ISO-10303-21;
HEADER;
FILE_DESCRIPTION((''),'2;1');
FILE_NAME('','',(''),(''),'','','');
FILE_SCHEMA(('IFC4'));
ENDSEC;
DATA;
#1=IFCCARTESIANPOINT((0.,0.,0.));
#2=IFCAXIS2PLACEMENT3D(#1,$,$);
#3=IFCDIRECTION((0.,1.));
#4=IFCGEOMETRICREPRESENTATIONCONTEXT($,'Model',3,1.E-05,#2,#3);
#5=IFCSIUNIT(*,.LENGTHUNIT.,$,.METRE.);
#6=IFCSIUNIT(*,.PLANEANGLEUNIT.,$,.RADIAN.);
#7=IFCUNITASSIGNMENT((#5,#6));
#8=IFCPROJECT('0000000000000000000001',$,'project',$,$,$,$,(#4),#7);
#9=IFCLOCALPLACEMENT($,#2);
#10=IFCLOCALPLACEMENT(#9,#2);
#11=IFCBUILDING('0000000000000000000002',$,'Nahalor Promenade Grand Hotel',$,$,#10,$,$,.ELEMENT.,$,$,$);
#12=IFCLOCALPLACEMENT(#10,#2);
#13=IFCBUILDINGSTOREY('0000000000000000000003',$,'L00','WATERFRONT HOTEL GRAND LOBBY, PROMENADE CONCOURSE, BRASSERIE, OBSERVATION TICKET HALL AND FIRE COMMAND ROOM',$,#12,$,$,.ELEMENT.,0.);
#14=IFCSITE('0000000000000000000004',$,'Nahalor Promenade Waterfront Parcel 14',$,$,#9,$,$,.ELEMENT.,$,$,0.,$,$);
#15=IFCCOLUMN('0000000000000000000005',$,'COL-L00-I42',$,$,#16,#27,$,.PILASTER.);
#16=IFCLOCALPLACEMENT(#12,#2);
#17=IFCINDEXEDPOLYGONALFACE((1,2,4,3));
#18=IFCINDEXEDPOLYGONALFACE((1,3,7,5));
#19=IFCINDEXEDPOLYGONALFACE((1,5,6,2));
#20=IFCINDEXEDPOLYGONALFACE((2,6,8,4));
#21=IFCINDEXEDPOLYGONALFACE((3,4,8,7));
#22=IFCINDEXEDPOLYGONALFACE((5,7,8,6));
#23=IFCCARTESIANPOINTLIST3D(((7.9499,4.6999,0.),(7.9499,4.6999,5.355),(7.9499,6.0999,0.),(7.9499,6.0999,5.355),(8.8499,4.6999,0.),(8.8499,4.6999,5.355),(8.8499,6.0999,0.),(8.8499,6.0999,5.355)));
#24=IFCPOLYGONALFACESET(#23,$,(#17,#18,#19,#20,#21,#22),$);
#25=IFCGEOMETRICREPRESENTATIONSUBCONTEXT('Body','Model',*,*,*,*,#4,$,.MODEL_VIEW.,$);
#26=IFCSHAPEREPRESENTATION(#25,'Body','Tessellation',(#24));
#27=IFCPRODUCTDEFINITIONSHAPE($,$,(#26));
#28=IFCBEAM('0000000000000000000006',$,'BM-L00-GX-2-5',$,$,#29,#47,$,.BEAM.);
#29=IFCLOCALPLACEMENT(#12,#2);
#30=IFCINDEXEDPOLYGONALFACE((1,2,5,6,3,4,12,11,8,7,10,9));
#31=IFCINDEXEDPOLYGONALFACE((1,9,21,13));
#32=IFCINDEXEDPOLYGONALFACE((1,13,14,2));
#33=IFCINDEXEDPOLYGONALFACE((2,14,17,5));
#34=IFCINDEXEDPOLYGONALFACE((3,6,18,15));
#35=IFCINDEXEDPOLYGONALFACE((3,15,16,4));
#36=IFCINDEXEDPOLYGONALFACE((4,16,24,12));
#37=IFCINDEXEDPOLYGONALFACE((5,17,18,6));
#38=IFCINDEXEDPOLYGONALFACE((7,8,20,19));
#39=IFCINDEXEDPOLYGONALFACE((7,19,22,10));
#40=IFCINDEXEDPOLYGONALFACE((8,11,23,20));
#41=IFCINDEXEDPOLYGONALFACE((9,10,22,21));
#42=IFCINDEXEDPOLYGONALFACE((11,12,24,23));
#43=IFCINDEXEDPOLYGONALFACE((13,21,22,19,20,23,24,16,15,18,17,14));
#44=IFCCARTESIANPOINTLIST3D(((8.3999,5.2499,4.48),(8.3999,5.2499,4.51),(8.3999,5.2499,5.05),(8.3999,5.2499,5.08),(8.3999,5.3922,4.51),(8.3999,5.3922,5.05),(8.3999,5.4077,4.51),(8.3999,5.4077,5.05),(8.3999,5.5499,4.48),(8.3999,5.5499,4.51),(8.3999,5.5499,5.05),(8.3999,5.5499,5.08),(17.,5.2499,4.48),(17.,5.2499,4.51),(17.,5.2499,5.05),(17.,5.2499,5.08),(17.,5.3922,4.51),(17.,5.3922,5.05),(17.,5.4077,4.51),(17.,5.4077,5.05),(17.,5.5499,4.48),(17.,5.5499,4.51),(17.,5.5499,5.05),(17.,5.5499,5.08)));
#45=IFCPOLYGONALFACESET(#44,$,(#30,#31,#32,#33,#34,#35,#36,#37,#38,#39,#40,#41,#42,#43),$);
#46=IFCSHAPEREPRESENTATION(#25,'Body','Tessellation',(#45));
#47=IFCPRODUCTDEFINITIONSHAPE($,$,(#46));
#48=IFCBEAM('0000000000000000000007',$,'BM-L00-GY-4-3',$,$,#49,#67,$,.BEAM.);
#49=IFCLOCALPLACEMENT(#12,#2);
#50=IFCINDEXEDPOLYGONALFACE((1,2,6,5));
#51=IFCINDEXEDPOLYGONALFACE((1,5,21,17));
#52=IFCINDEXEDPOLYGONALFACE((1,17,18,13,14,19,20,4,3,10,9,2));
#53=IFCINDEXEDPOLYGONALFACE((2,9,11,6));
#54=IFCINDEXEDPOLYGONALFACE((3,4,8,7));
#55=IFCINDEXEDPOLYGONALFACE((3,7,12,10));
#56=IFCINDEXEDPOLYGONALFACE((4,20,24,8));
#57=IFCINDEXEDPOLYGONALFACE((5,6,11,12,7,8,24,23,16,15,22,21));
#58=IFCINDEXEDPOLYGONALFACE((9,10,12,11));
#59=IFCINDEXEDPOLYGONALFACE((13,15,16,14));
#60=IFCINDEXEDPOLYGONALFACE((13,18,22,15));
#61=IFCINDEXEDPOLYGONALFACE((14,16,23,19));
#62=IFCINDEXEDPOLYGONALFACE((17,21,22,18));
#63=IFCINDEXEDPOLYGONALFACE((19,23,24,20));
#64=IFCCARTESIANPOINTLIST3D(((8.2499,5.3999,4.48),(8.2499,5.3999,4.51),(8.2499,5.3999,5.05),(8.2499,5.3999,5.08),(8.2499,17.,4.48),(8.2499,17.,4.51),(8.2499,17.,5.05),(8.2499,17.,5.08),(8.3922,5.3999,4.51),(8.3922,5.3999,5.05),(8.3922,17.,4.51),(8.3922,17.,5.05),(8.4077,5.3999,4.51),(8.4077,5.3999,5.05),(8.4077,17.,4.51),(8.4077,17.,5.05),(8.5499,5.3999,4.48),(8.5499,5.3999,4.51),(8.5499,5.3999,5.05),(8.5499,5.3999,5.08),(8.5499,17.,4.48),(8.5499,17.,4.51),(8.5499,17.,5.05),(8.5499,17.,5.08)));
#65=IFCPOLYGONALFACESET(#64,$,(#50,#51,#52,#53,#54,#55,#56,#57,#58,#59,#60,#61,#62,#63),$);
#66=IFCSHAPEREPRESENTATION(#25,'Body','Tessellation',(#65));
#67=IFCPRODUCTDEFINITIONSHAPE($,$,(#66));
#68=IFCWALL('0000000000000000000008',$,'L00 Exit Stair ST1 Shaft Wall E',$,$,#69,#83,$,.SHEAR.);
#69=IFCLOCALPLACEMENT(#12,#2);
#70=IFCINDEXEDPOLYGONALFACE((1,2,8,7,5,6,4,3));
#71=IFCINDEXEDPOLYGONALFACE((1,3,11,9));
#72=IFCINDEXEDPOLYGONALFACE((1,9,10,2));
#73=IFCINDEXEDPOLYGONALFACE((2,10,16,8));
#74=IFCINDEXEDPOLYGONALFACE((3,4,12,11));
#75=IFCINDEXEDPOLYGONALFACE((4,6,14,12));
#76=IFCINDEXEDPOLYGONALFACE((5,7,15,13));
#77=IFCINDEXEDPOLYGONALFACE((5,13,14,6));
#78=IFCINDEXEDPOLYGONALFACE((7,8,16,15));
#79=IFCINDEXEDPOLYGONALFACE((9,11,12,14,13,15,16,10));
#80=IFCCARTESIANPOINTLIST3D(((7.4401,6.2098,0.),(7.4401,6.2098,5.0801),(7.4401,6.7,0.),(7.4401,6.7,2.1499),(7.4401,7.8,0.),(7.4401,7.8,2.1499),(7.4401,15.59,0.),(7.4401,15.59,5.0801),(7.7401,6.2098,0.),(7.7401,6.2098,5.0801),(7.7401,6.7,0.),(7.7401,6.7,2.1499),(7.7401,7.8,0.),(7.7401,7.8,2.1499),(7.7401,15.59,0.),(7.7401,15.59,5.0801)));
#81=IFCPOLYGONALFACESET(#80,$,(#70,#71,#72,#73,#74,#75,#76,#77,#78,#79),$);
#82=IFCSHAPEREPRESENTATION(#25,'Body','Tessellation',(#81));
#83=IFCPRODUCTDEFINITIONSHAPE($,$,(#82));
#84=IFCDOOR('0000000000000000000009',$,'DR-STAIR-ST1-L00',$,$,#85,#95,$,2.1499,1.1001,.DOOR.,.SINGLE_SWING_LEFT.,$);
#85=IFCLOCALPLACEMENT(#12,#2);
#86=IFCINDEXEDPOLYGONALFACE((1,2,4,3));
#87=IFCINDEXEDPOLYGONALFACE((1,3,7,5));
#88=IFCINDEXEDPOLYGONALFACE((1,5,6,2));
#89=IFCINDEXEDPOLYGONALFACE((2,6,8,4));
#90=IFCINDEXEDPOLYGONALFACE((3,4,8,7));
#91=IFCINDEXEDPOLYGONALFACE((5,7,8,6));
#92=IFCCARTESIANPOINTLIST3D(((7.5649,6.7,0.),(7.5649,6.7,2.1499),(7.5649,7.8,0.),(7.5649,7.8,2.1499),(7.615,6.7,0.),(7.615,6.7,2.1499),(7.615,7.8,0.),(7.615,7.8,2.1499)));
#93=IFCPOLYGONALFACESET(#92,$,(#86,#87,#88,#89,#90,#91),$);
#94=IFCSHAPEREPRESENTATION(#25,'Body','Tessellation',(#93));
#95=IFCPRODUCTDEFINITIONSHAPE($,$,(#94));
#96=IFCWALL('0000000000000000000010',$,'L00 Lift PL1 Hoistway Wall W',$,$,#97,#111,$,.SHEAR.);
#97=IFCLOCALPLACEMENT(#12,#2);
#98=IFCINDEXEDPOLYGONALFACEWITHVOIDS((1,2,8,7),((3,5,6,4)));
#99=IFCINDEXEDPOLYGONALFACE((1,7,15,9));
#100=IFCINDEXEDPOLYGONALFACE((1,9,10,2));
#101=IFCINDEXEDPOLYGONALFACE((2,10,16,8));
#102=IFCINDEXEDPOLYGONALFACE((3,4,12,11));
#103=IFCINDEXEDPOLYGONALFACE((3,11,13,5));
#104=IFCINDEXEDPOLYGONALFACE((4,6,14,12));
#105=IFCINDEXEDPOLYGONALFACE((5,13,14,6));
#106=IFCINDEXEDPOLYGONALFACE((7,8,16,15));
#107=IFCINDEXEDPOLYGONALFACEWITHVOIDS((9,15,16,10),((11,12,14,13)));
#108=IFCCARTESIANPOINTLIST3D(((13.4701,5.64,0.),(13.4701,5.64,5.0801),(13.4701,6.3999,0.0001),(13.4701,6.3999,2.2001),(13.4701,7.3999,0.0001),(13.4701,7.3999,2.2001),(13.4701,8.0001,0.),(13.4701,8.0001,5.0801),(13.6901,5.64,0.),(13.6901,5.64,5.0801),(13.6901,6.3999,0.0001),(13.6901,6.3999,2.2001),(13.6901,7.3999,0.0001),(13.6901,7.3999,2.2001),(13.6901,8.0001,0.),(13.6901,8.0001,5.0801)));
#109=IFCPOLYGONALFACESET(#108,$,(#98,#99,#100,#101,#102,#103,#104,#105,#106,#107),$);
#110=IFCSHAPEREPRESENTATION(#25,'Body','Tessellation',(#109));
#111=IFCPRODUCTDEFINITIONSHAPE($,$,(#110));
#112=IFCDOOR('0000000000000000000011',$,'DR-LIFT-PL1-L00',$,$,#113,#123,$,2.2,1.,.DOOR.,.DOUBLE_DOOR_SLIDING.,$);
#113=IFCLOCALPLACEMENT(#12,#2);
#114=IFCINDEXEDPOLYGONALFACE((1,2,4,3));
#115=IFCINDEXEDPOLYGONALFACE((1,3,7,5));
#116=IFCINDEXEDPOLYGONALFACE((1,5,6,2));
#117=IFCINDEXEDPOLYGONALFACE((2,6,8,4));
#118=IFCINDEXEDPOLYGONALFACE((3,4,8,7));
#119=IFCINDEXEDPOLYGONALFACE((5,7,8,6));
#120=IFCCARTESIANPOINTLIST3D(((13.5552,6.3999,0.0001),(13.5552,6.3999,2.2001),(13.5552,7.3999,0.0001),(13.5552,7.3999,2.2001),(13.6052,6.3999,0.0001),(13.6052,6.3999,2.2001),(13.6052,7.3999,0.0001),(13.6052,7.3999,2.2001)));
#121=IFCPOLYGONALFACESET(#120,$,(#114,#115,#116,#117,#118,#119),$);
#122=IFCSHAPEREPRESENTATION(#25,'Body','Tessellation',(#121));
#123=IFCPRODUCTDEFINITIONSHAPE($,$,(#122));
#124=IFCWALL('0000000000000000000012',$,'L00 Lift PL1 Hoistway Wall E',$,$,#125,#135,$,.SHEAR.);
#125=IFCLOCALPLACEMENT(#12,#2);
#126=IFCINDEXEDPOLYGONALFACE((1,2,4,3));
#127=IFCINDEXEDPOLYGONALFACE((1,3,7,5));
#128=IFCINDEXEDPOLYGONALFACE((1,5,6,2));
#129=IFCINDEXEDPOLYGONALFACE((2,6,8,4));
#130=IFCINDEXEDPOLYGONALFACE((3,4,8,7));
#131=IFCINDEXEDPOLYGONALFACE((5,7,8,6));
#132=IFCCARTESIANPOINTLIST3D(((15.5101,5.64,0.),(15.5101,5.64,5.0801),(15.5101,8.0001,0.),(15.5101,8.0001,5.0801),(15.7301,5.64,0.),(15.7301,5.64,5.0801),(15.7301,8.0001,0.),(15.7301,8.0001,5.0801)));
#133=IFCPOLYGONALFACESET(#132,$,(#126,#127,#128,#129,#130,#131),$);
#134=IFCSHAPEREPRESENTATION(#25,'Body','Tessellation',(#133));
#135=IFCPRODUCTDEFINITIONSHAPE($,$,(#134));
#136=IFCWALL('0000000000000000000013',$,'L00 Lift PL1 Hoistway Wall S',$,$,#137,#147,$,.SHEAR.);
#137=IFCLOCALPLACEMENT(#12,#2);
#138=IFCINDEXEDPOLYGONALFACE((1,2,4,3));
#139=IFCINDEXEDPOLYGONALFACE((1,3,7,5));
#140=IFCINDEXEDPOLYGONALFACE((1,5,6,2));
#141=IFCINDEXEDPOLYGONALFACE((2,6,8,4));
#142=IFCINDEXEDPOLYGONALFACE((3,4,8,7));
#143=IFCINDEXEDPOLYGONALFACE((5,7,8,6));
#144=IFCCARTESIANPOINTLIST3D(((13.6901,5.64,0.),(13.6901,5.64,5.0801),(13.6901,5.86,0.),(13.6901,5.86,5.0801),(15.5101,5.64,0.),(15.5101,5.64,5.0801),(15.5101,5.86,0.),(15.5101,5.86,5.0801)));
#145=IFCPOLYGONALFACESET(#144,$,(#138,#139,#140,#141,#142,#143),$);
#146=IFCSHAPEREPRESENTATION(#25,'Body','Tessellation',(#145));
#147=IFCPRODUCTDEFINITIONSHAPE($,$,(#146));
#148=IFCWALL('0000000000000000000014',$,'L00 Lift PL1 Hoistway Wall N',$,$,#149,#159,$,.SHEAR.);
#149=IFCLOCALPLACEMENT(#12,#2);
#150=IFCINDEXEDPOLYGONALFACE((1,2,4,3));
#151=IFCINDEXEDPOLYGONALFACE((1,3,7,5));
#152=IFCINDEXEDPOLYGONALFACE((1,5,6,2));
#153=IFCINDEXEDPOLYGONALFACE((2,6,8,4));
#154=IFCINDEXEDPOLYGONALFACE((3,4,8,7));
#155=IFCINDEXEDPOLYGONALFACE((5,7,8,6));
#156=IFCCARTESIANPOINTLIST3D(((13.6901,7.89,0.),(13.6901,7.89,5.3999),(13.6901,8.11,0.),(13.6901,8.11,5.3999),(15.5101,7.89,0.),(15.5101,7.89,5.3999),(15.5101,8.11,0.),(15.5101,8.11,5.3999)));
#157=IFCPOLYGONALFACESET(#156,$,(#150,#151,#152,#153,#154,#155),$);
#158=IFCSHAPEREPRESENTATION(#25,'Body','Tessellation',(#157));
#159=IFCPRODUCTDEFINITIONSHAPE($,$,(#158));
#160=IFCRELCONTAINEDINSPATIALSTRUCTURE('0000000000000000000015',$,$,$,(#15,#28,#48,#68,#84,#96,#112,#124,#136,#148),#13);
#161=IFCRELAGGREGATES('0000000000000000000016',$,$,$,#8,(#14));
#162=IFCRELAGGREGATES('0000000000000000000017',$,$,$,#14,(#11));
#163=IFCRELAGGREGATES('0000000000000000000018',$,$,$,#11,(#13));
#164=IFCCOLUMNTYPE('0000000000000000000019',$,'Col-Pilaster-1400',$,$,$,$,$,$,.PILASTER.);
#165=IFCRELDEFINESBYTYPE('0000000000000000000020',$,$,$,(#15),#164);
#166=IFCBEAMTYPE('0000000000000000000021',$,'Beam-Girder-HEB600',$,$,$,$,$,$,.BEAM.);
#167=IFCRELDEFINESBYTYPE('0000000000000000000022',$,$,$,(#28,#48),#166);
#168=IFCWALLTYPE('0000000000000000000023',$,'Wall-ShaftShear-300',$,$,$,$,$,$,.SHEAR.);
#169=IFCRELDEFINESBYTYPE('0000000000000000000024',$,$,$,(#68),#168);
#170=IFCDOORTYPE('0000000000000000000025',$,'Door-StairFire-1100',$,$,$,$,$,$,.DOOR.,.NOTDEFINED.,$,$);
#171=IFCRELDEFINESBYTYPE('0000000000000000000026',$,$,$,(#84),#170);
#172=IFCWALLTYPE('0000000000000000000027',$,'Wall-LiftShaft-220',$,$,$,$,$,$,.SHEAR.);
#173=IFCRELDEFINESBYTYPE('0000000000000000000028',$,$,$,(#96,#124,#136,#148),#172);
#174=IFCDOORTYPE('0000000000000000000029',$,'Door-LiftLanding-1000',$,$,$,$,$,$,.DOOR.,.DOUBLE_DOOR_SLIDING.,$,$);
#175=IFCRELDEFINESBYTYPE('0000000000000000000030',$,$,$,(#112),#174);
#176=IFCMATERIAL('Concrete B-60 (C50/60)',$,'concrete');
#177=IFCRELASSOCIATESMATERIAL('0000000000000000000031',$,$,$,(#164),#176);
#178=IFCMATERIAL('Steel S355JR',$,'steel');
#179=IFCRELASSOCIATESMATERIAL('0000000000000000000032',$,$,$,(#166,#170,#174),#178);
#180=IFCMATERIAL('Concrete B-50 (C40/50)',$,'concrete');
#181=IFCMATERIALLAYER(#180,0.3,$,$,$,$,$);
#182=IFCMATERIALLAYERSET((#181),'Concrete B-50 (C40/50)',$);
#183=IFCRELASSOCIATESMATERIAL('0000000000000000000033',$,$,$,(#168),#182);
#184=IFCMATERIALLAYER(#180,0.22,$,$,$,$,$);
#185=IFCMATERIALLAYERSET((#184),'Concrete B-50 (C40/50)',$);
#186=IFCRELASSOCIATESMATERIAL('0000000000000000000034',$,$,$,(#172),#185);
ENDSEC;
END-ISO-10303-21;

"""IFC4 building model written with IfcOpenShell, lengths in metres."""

from ifc_helpers import new_model, si_unit, direction, frame, frame_2d, origin, origin_2d, place, context, subcontext, project, spatial, rectangle, i_section, extrude, source, transform, mapped, material, layer, layer_set, material_profile, profile_set, type_object, element, fill, save


model = new_model("IFC4")

# Units and contexts
model_context = context("Model", 3, precision=1e-05, world=origin(), true_north=direction((0.0, 1.0)))
body_context = subcontext(model_context, "Body", "Model", "MODEL_VIEW")
ifc_project = project(units=[si_unit("LENGTHUNIT", "METRE"), si_unit("PLANEANGLEUNIT", "RADIAN")], contexts=[model_context])

# Site, building, storey
site_placement = place(None, origin())
site = spatial("IfcSite", under=ifc_project, at=site_placement, Name="Nahalor Promenade Waterfront Parcel 14", CompositionType="ELEMENT", RefElevation=0.0)
building_placement = place(site_placement, origin())
building = spatial("IfcBuilding", under=site, at=building_placement, Name="Nahalor Promenade Grand Hotel", CompositionType="ELEMENT")
storey_placement = place(building_placement, origin())
storey = spatial("IfcBuildingStorey", under=building, at=storey_placement, Name="L00", Description="WATERFRONT HOTEL GRAND LOBBY, PROMENADE CONCOURSE, BRASSERIE, OBSERVATION TICKET HALL AND FIRE COMMAND ROOM", CompositionType="ELEMENT", Elevation=0.0)

# Column
ifc_material_1 = material(Name="Concrete B-60 (C50/60)", Category="concrete")
ifc_material_profile_1 = material_profile(ifc_material_1, rectangle(XDim=0.9, YDim=1.4, at=origin_2d()), Name="RC 900x1400")
ifc_profile_set_1 = profile_set([ifc_material_profile_1], Name="Concrete B-60 (C50/60)")
column_type = type_object("IfcColumnType", Name="Col-Pilaster-1400", PredefinedType="PILASTER", material=ifc_profile_set_1)
shared_shape_1 = source(origin(), body_context, "Body", "SweptSolid", [
    extrude(rectangle(XDim=0.9, YDim=1.4, at=origin_2d()), origin(), (0.0, 0.0, 1.0), 5.355),
])
column_placement = place(storey_placement, frame((8.3999, 5.3999, 0.0), z_axis=(0.0, 0.0, 1.0), x_axis=(1.0, 0.0, 0.0)))
element("IfcColumn", 1, at=column_placement, inside=storey, type_object=column_type, Name="COL-L00-I42", PredefinedType="PILASTER", context=body_context, shape_type="MappedRepresentation", body=[
    mapped(shared_shape_1, transform((0.0, 0.0, 0.0), scale=1.0)),
])

# Beams
ifc_material_2 = material(Name="Steel S355JR", Category="steel")
ifc_material_profile_2 = material_profile(ifc_material_2, i_section(OverallWidth=0.3, OverallDepth=0.6, WebThickness=0.0155, FlangeThickness=0.03, at=origin_2d()), Name="HEB 600")
ifc_profile_set_2 = profile_set([ifc_material_profile_2], Name="Steel S355JR")
beam_type = type_object("IfcBeamType", Name="Beam-Girder-HEB600", PredefinedType="BEAM", material=ifc_profile_set_2)
shared_shape_2 = source(origin(), body_context, "Body", "SweptSolid", [
    extrude(i_section(OverallWidth=0.3, OverallDepth=0.6, WebThickness=0.0155, FlangeThickness=0.03, at=origin_2d()), origin(), (0.0, 0.0, 1.0), 8.6001),
])
beam_1_placement = place(storey_placement, frame((8.3999, 5.3999, 4.78), z_axis=(1.0, 0.0, 0.0), x_axis=(0.0, 1.0, 0.0)))
element("IfcBeam", 2, at=beam_1_placement, inside=storey, type_object=beam_type, Name="BM-L00-GX-2-5", PredefinedType="BEAM", context=body_context, shape_type="MappedRepresentation", body=[
    mapped(shared_shape_2, transform((0.0, 0.0, 0.0), scale=1.0)),
])
shared_shape_3 = source(origin(), body_context, "Body", "SweptSolid", [
    extrude(i_section(OverallWidth=0.3, OverallDepth=0.6, WebThickness=0.0155, FlangeThickness=0.03, at=origin_2d()), origin(), (0.0, 0.0, 1.0), 11.6001),
])
beam_2_placement = place(storey_placement, frame((8.3999, 5.3999, 4.78), z_axis=(0.0, 1.0, 0.0), x_axis=(-1.0, 0.0, 0.0)))
element("IfcBeam", 3, at=beam_2_placement, inside=storey, type_object=beam_type, Name="BM-L00-GY-4-3", PredefinedType="BEAM", context=body_context, shape_type="MappedRepresentation", body=[
    mapped(shared_shape_3, transform((0.0, 0.0, 0.0), scale=1.0)),
])

# Walls, openings, doors
ifc_material_3 = material(Name="Concrete B-50 (C40/50)", Category="concrete")
ifc_layer_1 = layer(ifc_material_3, 0.3)
ifc_layer_set_1 = layer_set([ifc_layer_1], Name="Concrete B-50 (C40/50)")
wall_type_1 = type_object("IfcWallType", Name="Wall-ShaftShear-300", PredefinedType="SHEAR", material=ifc_layer_set_1)
shared_shape_4 = source(origin(), body_context, "Body", "SweptSolid", [
    extrude(rectangle(XDim=9.3801, YDim=0.3, at=frame_2d((4.6899, 0.0))), origin(), (0.0, 0.0, 1.0), 5.0801),
])
wall_1_placement = place(storey_placement, frame((7.5901, 6.21, 0.0), z_axis=(0.0, 0.0, 1.0), x_axis=(0.0, 1.0, 0.0)))
wall_1 = element("IfcWall", 4, at=wall_1_placement, inside=storey, type_object=wall_type_1, Name="L00 Exit Stair ST1 Shaft Wall E", PredefinedType="SHEAR", context=body_context, shape_type="MappedRepresentation", body=[
    mapped(shared_shape_4, transform((0.0, 0.0, 0.0), scale=1.0)),
])
opening_1_placement = place(wall_1_placement, frame((0.49, 0.0, 0.0)))
opening_1 = element("IfcOpeningElement", 5, at=opening_1_placement, cuts=wall_1, PredefinedType="OPENING", context=body_context, shape_type="SweptSolid", body=[
    extrude(rectangle(XDim=1.1001, YDim=2.1499, at=frame_2d((0.55, 1.075))), frame((0.0, 0.1599, 0.0), z_axis=(0.0, -1.0, 0.0), x_axis=(1.0, 0.0, 0.0)), (0.0, 0.0, 1.0), 0.3201),
])
door_type_1 = type_object("IfcDoorType", Name="Door-StairFire-1100", OperationType="NOTDEFINED", PredefinedType="DOOR", material=ifc_material_2)
shared_shape_5 = source(origin(), body_context, "Body", "SweptSolid", [
    extrude(rectangle(XDim=1.1001, YDim=2.1499, at=frame_2d((0.55, 1.075))), frame((0.0, 0.0249, 0.0), z_axis=(0.0, -1.0, 0.0), x_axis=(1.0, 0.0, 0.0)), (0.0, 0.0, 1.0), 0.05),
])
door_1_placement = place(opening_1_placement, frame((1.1001, 0.0, 0.0), z_axis=(0.0, 0.0, 1.0), x_axis=(-1.0, 0.0, 0.0)))
door_1 = element("IfcDoor", 6, at=door_1_placement, inside=storey, type_object=door_type_1, Name="DR-STAIR-ST1-L00", OperationType="SINGLE_SWING_LEFT", OverallHeight=2.1499, OverallWidth=1.1001, PredefinedType="DOOR", context=body_context, shape_type="MappedRepresentation", body=[
    mapped(shared_shape_5, transform((0.0, 0.0, 0.0), scale=1.0)),
])
fill(opening_1, door_1)
ifc_layer_2 = layer(ifc_material_3, 0.22)
ifc_layer_set_2 = layer_set([ifc_layer_2], Name="Concrete B-50 (C40/50)")
wall_type_2 = type_object("IfcWallType", Name="Wall-LiftShaft-220", PredefinedType="SHEAR", material=ifc_layer_set_2)
shared_shape_6 = source(origin(), body_context, "Body", "SweptSolid", [
    extrude(rectangle(XDim=2.3601, YDim=0.22, at=frame_2d((1.1802, 0.0))), origin(), (0.0, 0.0, 1.0), 5.0801),
])
wall_2_placement = place(storey_placement, frame((13.5801, 5.6399, 0.0), z_axis=(0.0, 0.0, 1.0), x_axis=(0.0, 1.0, 0.0)))
wall_2 = element("IfcWall", 7, at=wall_2_placement, inside=storey, type_object=wall_type_2, Name="L00 Lift PL1 Hoistway Wall W", PredefinedType="SHEAR", context=body_context, shape_type="MappedRepresentation", body=[
    mapped(shared_shape_6, transform((0.0, 0.0, 0.0), scale=1.0)),
])
opening_2_placement = place(wall_2_placement, frame((0.76, 0.0, 0.0)))
opening_2 = element("IfcOpeningElement", 8, at=opening_2_placement, cuts=wall_2, PredefinedType="OPENING", context=body_context, shape_type="SweptSolid", body=[
    extrude(rectangle(XDim=1.0, YDim=2.2, at=frame_2d((0.5, 1.1001))), frame((0.0, 0.1199, 0.0), z_axis=(0.0, -1.0, 0.0), x_axis=(1.0, 0.0, 0.0)), (0.0, 0.0, 1.0), 0.24),
])
door_type_2 = type_object("IfcDoorType", Name="Door-LiftLanding-1000", OperationType="DOUBLE_DOOR_SLIDING", PredefinedType="DOOR", material=ifc_material_2)
shared_shape_7 = source(origin(), body_context, "Body", "SweptSolid", [
    extrude(rectangle(XDim=1.0, YDim=2.2, at=frame_2d((0.5, 1.1001))), frame((0.0, 0.0249, 0.0), z_axis=(0.0, -1.0, 0.0), x_axis=(1.0, 0.0, 0.0)), (0.0, 0.0, 1.0), 0.05),
])
door_2_placement = place(opening_2_placement, origin())
door_2 = element("IfcDoor", 9, at=door_2_placement, inside=storey, type_object=door_type_2, Name="DR-LIFT-PL1-L00", OperationType="DOUBLE_DOOR_SLIDING", OverallHeight=2.2, OverallWidth=1.0, PredefinedType="DOOR", context=body_context, shape_type="MappedRepresentation", body=[
    mapped(shared_shape_7, transform((0.0, 0.0, 0.0), scale=1.0)),
])
fill(opening_2, door_2)

# Walls
wall_3_placement = place(storey_placement, frame((15.6201, 5.6399, 0.0), z_axis=(0.0, 0.0, 1.0), x_axis=(0.0, 1.0, 0.0)))
element("IfcWall", 10, at=wall_3_placement, inside=storey, type_object=wall_type_2, Name="L00 Lift PL1 Hoistway Wall E", PredefinedType="SHEAR", context=body_context, shape_type="MappedRepresentation", body=[
    mapped(shared_shape_6, transform((0.0, 0.0, 0.0), scale=1.0)),
])
shared_shape_8 = source(origin(), body_context, "Body", "SweptSolid", [
    extrude(rectangle(XDim=1.8201, YDim=0.22, at=frame_2d((0.9102, 0.0))), origin(), (0.0, 0.0, 1.0), 5.0801),
])
wall_4_placement = place(storey_placement, frame((13.6899, 5.75, 0.0), z_axis=(0.0, 0.0, 1.0), x_axis=(1.0, 0.0, 0.0)))
element("IfcWall", 11, at=wall_4_placement, inside=storey, type_object=wall_type_2, Name="L00 Lift PL1 Hoistway Wall S", PredefinedType="SHEAR", context=body_context, shape_type="MappedRepresentation", body=[
    mapped(shared_shape_8, transform((0.0, 0.0, 0.0), scale=1.0)),
])
shared_shape_9 = source(origin(), body_context, "Body", "SweptSolid", [
    extrude(rectangle(XDim=1.8201, YDim=0.22, at=frame_2d((0.9102, 0.0))), origin(), (0.0, 0.0, 1.0), 5.3999),
])
wall_5_placement = place(storey_placement, frame((13.6899, 8.0, 0.0), z_axis=(0.0, 0.0, 1.0), x_axis=(1.0, 0.0, 0.0)))
element("IfcWall", 12, at=wall_5_placement, inside=storey, type_object=wall_type_2, Name="L00 Lift PL1 Hoistway Wall N", PredefinedType="SHEAR", context=body_context, shape_type="MappedRepresentation", body=[
    mapped(shared_shape_9, transform((0.0, 0.0, 0.0), scale=1.0)),
])

save(model, "model.ifc")
